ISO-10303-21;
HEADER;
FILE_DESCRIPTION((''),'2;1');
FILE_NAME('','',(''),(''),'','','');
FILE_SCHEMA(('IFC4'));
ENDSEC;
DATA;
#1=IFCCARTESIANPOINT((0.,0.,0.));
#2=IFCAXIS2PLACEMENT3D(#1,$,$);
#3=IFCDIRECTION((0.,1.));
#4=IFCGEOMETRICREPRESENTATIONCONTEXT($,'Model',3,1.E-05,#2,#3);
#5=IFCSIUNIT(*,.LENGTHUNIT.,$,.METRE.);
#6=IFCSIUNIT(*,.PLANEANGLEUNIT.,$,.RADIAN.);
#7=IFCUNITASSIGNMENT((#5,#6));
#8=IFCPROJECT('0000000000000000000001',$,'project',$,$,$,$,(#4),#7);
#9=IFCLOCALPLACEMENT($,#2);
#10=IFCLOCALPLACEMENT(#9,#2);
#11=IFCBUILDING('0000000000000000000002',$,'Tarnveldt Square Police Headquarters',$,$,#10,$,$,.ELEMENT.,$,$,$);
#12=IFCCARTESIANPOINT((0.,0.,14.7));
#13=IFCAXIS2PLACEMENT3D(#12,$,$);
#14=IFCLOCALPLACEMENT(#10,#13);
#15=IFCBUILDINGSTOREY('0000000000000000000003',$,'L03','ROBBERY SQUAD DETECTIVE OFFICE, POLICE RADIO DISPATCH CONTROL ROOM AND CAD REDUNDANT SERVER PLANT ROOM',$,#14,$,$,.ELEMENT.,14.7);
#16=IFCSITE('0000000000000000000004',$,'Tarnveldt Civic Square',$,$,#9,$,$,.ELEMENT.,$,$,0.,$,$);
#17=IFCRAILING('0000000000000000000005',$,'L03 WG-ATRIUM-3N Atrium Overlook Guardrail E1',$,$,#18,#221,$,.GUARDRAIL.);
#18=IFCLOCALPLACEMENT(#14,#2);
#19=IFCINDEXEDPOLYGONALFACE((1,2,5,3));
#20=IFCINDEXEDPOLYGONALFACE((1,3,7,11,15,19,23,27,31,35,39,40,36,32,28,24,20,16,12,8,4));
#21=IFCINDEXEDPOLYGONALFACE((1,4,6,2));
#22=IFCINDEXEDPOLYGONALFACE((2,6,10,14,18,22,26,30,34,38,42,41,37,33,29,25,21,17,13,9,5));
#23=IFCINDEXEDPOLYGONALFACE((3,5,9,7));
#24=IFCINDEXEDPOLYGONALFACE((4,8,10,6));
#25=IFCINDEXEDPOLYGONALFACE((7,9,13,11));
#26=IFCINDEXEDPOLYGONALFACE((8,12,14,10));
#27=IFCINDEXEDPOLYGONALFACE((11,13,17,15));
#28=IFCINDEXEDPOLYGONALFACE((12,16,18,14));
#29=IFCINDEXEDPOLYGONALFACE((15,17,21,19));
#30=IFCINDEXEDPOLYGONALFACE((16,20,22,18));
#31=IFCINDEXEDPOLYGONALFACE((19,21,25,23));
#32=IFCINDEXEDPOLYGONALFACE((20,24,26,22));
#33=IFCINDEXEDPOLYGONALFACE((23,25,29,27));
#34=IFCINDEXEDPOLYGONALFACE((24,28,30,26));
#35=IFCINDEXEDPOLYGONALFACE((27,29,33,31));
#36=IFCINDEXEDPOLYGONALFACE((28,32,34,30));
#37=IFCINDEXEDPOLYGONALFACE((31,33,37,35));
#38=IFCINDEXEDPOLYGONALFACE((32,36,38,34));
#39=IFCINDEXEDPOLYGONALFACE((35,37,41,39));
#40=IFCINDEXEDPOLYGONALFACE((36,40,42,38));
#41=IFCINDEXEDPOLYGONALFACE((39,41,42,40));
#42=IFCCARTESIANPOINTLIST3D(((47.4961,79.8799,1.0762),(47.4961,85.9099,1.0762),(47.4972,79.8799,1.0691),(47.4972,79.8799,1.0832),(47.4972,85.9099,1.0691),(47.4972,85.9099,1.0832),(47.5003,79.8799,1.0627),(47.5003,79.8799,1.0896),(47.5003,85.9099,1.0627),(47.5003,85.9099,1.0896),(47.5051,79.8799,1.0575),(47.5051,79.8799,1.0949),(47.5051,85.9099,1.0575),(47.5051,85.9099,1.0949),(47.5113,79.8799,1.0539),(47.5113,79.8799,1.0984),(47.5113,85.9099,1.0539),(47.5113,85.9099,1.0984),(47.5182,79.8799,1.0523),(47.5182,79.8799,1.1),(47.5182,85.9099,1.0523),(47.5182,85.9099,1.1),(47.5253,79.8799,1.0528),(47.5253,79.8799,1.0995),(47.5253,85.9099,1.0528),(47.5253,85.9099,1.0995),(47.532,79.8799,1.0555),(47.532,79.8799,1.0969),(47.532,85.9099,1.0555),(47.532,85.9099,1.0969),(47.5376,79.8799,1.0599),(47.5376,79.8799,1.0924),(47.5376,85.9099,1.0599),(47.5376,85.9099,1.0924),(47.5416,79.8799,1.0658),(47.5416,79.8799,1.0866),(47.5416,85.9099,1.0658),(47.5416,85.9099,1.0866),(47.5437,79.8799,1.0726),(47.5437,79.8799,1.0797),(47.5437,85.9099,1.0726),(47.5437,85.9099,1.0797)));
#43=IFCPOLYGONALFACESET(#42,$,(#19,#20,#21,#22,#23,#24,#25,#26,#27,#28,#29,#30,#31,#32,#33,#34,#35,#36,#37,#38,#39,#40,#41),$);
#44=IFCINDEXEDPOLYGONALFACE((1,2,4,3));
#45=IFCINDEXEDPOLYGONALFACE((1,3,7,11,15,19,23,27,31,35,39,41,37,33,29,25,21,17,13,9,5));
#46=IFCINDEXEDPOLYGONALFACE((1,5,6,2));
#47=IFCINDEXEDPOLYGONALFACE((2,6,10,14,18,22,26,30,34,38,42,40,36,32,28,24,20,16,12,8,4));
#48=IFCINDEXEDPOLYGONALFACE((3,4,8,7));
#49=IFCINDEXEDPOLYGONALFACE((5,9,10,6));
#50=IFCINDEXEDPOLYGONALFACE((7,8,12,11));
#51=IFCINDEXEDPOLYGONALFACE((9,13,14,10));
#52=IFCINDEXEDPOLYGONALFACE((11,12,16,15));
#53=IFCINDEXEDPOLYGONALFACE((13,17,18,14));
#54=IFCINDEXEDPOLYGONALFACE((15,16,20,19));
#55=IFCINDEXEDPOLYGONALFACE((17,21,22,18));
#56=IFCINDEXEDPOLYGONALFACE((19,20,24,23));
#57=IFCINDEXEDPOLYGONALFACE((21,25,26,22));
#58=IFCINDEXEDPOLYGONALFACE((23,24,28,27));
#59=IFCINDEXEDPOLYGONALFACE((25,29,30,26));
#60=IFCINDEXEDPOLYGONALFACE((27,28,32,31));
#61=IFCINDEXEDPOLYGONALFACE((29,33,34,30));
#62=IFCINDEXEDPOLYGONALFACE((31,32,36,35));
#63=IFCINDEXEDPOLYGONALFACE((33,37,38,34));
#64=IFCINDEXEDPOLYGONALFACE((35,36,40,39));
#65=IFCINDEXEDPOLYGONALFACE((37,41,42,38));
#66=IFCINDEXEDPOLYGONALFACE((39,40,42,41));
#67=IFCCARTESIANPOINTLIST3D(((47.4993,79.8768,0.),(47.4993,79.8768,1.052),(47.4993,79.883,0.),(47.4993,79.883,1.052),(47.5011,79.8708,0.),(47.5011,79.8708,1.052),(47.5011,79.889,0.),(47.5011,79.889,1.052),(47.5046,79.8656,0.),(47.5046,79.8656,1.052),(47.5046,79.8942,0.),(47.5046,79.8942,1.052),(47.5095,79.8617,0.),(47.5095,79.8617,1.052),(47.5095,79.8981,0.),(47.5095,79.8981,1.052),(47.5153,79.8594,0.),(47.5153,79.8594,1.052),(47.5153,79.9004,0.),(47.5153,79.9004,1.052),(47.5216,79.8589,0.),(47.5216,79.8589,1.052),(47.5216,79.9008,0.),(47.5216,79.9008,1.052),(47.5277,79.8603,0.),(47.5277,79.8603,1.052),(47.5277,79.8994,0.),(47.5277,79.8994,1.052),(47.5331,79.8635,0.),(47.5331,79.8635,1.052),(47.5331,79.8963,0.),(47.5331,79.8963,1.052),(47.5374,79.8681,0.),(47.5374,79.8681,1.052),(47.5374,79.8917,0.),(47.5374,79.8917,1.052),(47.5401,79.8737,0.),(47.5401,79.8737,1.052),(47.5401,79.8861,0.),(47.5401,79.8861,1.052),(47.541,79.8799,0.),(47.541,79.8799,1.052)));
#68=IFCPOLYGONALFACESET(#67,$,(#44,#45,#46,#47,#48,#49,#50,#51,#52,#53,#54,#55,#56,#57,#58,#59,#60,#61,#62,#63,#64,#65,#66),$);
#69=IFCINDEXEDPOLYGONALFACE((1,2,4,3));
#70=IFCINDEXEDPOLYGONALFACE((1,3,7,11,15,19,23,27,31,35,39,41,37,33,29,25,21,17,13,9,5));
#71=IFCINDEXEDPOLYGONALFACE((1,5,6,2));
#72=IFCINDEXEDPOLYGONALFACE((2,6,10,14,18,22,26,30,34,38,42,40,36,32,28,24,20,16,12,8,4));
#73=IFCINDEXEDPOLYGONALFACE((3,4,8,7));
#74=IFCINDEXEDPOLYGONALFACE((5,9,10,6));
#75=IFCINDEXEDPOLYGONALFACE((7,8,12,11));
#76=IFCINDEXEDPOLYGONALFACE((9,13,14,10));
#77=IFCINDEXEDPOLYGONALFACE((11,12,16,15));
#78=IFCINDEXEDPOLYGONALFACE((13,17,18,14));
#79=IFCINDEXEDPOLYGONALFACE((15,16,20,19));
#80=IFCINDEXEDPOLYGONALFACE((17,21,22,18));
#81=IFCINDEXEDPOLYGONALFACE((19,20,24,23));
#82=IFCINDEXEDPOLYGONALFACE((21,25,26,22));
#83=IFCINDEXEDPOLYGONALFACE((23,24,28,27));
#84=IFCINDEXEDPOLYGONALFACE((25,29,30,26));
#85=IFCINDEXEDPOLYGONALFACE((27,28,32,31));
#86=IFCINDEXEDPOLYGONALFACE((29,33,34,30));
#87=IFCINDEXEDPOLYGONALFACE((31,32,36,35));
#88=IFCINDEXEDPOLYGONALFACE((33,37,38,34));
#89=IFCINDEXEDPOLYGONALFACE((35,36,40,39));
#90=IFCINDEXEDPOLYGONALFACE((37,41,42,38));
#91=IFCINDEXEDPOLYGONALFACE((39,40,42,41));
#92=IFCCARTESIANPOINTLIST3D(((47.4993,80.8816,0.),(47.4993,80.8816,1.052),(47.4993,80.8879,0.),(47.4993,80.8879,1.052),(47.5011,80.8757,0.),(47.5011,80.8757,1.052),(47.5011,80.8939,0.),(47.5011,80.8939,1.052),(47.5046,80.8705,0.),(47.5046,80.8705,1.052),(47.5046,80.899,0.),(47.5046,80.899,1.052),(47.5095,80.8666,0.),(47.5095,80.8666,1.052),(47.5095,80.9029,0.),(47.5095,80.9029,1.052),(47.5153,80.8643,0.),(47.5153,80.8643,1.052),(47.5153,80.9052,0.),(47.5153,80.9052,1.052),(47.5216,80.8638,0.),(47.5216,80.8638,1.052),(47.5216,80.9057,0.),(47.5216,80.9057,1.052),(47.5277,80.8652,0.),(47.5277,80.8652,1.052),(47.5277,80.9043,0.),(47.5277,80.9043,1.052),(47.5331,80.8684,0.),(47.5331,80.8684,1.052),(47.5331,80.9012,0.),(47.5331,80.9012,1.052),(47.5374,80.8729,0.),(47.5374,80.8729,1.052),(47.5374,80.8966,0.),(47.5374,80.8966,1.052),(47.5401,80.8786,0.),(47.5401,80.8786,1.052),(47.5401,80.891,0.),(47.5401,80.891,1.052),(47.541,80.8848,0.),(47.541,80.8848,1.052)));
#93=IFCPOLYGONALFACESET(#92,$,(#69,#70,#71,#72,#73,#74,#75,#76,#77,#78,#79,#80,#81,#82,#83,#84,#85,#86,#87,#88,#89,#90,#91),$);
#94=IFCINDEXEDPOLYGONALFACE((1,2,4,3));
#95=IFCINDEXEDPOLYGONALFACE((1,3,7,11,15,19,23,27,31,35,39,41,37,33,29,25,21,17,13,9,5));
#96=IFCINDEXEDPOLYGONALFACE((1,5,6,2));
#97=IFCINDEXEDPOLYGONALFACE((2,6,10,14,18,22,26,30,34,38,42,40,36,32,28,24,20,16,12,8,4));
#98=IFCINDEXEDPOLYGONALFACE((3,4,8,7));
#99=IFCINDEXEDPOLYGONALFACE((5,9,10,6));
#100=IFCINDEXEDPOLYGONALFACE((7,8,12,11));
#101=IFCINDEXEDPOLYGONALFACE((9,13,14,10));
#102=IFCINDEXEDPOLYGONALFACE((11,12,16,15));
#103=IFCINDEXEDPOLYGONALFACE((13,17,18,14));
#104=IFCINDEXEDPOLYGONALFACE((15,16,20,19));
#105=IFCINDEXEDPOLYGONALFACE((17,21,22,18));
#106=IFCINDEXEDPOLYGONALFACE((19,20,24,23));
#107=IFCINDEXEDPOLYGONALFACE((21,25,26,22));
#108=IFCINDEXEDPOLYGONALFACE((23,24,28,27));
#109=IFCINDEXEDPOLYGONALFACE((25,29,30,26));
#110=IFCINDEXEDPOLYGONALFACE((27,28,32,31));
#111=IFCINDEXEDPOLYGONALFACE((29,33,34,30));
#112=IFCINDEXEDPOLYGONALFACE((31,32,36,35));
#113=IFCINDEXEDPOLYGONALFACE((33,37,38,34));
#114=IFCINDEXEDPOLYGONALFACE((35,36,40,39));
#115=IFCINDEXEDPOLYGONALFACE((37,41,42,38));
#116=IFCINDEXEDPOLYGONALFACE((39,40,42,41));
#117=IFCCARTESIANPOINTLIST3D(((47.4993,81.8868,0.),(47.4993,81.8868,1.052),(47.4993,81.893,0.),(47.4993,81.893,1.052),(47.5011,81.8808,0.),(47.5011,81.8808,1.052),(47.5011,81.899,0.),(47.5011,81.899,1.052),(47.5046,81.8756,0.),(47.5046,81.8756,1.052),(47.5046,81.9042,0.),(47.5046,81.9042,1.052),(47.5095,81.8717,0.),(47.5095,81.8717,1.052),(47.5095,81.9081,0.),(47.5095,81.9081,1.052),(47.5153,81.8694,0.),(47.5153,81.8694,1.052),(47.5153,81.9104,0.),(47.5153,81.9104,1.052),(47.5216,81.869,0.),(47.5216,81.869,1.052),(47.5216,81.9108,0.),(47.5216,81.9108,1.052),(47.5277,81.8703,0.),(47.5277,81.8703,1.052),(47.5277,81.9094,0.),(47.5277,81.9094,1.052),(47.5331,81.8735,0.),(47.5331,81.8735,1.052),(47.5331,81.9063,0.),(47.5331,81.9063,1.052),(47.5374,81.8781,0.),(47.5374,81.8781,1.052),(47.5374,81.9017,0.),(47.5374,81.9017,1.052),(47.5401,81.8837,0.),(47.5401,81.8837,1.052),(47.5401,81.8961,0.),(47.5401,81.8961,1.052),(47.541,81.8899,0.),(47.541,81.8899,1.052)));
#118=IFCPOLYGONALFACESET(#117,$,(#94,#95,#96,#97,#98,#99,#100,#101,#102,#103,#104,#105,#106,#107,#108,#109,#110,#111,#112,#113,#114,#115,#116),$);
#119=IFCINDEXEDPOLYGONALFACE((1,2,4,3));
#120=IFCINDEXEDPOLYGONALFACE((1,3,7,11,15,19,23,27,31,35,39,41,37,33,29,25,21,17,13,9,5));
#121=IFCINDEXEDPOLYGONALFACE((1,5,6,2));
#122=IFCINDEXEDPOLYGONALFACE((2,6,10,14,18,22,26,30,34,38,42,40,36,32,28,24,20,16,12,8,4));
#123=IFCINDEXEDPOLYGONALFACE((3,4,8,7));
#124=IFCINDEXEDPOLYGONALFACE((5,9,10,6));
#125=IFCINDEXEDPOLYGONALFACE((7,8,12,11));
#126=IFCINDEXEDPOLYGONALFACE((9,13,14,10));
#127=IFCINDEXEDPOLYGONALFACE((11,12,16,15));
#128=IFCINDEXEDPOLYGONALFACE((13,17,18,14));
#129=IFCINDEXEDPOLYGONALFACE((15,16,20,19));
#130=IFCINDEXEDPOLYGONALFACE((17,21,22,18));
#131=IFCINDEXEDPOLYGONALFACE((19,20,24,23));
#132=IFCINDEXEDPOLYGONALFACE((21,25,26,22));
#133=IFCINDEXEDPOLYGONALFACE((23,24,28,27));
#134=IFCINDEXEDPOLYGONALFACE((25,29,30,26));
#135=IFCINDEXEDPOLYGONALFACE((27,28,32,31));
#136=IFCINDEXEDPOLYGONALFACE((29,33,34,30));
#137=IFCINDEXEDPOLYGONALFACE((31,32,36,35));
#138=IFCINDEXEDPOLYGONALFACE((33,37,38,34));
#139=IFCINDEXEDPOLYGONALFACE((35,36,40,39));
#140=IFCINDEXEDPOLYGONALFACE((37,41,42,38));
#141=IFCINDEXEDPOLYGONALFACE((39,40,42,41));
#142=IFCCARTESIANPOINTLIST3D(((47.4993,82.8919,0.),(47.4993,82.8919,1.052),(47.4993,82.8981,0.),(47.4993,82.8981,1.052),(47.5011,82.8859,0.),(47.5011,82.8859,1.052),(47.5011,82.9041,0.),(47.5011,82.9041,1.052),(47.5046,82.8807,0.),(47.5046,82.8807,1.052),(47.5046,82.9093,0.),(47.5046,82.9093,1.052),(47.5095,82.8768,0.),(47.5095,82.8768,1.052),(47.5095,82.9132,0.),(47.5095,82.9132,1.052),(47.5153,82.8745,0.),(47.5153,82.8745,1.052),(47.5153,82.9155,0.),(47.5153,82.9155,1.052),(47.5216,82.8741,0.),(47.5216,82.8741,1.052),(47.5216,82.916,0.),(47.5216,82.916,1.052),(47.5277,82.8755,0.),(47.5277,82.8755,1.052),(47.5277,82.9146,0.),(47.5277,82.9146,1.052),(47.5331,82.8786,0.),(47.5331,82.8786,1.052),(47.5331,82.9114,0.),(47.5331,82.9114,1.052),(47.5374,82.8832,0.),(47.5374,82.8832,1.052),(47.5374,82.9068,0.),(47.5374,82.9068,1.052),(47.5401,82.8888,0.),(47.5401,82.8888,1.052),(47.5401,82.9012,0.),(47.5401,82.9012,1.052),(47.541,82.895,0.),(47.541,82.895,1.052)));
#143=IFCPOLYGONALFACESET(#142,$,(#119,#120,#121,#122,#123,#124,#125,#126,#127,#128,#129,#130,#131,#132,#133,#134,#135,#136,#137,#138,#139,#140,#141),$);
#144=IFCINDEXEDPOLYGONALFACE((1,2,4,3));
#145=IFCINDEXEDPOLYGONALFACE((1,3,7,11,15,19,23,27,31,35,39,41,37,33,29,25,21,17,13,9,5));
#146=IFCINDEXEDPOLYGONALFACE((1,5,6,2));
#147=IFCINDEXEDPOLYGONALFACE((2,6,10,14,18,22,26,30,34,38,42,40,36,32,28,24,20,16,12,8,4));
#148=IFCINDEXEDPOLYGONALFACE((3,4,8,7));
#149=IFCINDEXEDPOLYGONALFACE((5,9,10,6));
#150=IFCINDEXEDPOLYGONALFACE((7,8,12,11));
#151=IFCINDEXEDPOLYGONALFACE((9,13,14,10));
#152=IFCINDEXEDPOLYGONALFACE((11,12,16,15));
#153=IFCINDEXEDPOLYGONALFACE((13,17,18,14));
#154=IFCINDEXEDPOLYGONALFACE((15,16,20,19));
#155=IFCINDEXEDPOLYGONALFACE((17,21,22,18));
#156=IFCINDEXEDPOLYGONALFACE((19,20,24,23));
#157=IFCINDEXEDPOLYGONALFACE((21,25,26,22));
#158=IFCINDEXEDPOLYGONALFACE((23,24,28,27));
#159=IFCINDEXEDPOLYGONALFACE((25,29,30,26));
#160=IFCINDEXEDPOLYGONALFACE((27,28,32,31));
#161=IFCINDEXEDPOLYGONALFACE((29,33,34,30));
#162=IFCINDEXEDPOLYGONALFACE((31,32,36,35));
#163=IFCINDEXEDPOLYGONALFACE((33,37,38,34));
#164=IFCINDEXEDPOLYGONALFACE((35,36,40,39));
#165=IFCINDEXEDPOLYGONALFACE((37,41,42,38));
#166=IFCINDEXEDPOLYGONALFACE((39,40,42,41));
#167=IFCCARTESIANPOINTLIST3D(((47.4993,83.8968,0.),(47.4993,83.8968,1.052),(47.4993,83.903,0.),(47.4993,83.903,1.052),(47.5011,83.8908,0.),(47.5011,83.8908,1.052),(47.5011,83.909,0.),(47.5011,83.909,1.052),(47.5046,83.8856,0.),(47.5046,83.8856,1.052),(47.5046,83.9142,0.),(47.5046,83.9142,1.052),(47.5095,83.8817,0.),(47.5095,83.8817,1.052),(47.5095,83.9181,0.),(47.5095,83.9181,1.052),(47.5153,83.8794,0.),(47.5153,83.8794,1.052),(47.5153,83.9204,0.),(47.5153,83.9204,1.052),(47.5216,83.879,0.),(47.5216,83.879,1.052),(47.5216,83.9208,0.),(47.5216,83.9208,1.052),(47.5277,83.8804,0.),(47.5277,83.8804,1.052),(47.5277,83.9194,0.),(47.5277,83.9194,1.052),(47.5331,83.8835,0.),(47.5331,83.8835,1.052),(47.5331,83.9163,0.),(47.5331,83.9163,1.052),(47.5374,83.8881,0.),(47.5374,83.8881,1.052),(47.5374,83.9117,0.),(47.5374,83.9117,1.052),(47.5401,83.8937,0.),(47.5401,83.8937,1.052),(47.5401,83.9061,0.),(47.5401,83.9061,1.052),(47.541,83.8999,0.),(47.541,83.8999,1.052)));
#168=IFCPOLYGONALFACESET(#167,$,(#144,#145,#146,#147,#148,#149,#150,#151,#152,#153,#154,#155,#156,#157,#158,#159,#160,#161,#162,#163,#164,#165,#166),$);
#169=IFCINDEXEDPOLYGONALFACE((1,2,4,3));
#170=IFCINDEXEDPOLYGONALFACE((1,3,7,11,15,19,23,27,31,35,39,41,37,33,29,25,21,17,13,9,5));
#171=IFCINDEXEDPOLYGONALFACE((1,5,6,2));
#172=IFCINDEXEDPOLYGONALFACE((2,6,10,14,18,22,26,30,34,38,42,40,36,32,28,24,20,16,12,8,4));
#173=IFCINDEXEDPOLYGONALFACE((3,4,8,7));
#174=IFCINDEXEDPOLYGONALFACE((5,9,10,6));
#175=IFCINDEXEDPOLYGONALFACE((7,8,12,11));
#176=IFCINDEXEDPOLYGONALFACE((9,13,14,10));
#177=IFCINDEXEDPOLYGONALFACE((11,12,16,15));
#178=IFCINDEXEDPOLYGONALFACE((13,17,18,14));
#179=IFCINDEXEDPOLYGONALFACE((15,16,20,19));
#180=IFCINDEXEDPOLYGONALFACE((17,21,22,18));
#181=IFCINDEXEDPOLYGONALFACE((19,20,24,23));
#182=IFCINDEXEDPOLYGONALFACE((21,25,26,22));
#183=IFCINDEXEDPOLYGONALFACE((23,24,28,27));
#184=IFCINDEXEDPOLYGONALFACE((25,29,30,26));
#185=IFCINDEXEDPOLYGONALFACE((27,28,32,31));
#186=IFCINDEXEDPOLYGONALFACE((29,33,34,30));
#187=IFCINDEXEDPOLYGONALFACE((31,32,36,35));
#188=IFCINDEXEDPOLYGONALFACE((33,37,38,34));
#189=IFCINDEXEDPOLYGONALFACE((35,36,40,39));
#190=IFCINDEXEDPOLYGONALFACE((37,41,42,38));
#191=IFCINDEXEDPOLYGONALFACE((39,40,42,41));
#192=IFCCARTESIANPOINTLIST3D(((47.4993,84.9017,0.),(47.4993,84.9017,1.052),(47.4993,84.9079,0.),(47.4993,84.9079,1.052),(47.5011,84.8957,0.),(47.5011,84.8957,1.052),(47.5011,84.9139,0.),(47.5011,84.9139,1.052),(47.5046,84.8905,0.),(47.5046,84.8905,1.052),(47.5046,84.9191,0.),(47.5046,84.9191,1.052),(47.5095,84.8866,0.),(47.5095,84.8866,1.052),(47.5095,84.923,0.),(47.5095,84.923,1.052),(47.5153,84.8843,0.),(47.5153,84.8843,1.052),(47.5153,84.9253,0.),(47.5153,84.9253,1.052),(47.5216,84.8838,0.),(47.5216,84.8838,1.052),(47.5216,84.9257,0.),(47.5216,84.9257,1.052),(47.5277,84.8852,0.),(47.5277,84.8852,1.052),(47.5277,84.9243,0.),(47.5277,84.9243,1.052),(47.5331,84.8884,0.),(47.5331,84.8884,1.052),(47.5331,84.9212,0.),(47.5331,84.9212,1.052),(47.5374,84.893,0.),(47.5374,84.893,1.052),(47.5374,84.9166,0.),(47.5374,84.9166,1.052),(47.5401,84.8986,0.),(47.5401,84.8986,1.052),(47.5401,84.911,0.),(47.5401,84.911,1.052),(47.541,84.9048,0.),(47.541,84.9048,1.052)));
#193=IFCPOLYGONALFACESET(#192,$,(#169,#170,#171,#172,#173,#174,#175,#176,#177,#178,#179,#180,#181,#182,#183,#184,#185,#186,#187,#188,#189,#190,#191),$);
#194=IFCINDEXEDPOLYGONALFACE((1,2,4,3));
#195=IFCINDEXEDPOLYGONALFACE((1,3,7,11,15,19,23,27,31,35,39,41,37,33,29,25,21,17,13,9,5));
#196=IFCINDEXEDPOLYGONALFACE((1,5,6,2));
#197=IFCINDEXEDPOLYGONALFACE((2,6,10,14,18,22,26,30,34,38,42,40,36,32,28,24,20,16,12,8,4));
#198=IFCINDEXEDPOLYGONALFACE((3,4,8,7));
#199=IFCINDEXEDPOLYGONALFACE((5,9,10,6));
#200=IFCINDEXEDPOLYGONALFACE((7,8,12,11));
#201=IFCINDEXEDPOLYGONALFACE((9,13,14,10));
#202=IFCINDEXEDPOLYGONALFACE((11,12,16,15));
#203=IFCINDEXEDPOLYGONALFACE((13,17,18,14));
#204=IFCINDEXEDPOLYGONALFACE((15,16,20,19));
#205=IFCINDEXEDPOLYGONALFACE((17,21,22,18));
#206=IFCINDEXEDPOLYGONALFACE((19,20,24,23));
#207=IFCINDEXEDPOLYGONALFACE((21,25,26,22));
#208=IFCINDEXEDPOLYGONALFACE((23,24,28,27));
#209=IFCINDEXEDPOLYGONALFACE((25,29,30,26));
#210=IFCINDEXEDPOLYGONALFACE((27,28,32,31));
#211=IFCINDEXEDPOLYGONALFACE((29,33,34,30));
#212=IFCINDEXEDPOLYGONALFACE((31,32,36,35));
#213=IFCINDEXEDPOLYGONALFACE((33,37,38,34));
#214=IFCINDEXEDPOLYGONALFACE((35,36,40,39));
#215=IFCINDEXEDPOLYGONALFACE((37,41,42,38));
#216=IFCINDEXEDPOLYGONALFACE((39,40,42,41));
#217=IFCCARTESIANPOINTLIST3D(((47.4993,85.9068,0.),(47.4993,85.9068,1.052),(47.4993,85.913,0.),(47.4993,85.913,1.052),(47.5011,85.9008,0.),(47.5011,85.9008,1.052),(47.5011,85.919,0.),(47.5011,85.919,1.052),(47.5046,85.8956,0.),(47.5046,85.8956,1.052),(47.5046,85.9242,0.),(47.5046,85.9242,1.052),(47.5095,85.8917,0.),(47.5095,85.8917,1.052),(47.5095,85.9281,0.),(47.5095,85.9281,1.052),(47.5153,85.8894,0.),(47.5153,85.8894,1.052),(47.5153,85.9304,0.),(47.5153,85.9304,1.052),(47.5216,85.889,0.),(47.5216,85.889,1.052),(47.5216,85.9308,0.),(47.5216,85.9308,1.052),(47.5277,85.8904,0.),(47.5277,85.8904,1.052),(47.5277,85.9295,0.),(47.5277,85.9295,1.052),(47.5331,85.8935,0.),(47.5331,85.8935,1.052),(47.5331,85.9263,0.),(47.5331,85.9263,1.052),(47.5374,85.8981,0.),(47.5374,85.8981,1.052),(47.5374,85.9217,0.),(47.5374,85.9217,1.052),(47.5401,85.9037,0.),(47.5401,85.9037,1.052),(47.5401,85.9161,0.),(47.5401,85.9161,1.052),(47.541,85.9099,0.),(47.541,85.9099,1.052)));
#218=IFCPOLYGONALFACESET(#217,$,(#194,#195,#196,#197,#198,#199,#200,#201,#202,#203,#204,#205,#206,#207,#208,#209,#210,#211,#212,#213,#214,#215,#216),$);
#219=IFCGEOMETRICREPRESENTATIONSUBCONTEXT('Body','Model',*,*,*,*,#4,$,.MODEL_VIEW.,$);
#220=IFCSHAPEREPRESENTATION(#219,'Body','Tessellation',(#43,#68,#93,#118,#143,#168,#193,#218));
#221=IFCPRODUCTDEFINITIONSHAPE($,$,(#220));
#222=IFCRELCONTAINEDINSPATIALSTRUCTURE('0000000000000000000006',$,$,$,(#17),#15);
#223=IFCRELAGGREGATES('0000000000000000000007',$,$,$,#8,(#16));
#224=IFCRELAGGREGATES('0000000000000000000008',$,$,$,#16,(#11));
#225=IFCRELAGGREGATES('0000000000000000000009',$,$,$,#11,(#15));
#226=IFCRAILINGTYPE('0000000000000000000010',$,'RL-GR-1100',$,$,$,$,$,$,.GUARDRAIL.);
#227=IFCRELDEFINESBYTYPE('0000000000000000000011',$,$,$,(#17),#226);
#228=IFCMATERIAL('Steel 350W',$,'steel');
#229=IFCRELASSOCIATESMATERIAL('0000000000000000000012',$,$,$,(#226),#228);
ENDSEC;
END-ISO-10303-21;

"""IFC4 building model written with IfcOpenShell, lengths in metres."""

from ifc_helpers import new_model, si_unit, direction, frame, origin, origin_2d, place, context, subcontext, project, spatial, circle, extrude, material, type_object, element, save


model = new_model("IFC4")

# Units and contexts
model_context = context("Model", 3, precision=1e-05, world=origin(), true_north=direction((0.0, 1.0)))
body_context = subcontext(model_context, "Body", "Model", "MODEL_VIEW")
ifc_project = project(units=[si_unit("LENGTHUNIT", "METRE"), si_unit("PLANEANGLEUNIT", "RADIAN")], contexts=[model_context])

# Site, building, storey
site_placement = place(None, origin())
site = spatial("IfcSite", under=ifc_project, at=site_placement, Name="Tarnveldt Civic Square", CompositionType="ELEMENT", RefElevation=0.0)
building_placement = place(site_placement, origin())
building = spatial("IfcBuilding", under=site, at=building_placement, Name="Tarnveldt Square Police Headquarters", CompositionType="ELEMENT")
storey_placement = place(building_placement, frame((0.0, 0.0, 14.7)))
storey = spatial("IfcBuildingStorey", under=building, at=storey_placement, Name="L03", Description="ROBBERY SQUAD DETECTIVE OFFICE, POLICE RADIO DISPATCH CONTROL ROOM AND CAD REDUNDANT SERVER PLANT ROOM", CompositionType="ELEMENT", Elevation=14.7)

# Shared definitions
ifc_material_1 = material(Name="Steel 350W", Category="steel")

# Railing
railing_type = type_object("IfcRailingType", Name="RL-GR-1100", PredefinedType="GUARDRAIL", material=ifc_material_1)
railing_1_placement = place(storey_placement, frame((47.52, 79.8799, 0.0)))
element("IfcRailing", 1, at=railing_1_placement, inside=storey, type_object=railing_type, Name="L03 WG-ATRIUM-3N Atrium Overlook Guardrail E1", PredefinedType="GUARDRAIL", context=body_context, shape_type="SweptSolid", body=[
    extrude(circle(Radius=0.0239, at=origin_2d()), frame((0.0, 0.0, 1.0762), z_axis=(0.0, 1.0, 0.0), x_axis=(-1.0, 0.0, 0.0)), (0.0, 0.0, 1.0), 6.03),
    extrude(circle(Radius=0.021, at=origin_2d()), origin(), (0.0, 0.0, 1.0), 1.052),
    extrude(circle(Radius=0.021, at=origin_2d()), frame((0.0, 1.0049, 0.0)), (0.0, 0.0, 1.0), 1.052),
    extrude(circle(Radius=0.021, at=origin_2d()), frame((0.0, 2.01, 0.0)), (0.0, 0.0, 1.0), 1.052),
    extrude(circle(Radius=0.021, at=origin_2d()), frame((0.0, 3.0151, 0.0)), (0.0, 0.0, 1.0), 1.052),
    extrude(circle(Radius=0.021, at=origin_2d()), frame((0.0, 4.02, 0.0)), (0.0, 0.0, 1.0), 1.052),
    extrude(circle(Radius=0.021, at=origin_2d()), frame((0.0, 5.0249, 0.0)), (0.0, 0.0, 1.0), 1.052),
    extrude(circle(Radius=0.021, at=origin_2d()), frame((0.0, 6.03, 0.0)), (0.0, 0.0, 1.0), 1.052),
])

save(model, "model.ifc")
